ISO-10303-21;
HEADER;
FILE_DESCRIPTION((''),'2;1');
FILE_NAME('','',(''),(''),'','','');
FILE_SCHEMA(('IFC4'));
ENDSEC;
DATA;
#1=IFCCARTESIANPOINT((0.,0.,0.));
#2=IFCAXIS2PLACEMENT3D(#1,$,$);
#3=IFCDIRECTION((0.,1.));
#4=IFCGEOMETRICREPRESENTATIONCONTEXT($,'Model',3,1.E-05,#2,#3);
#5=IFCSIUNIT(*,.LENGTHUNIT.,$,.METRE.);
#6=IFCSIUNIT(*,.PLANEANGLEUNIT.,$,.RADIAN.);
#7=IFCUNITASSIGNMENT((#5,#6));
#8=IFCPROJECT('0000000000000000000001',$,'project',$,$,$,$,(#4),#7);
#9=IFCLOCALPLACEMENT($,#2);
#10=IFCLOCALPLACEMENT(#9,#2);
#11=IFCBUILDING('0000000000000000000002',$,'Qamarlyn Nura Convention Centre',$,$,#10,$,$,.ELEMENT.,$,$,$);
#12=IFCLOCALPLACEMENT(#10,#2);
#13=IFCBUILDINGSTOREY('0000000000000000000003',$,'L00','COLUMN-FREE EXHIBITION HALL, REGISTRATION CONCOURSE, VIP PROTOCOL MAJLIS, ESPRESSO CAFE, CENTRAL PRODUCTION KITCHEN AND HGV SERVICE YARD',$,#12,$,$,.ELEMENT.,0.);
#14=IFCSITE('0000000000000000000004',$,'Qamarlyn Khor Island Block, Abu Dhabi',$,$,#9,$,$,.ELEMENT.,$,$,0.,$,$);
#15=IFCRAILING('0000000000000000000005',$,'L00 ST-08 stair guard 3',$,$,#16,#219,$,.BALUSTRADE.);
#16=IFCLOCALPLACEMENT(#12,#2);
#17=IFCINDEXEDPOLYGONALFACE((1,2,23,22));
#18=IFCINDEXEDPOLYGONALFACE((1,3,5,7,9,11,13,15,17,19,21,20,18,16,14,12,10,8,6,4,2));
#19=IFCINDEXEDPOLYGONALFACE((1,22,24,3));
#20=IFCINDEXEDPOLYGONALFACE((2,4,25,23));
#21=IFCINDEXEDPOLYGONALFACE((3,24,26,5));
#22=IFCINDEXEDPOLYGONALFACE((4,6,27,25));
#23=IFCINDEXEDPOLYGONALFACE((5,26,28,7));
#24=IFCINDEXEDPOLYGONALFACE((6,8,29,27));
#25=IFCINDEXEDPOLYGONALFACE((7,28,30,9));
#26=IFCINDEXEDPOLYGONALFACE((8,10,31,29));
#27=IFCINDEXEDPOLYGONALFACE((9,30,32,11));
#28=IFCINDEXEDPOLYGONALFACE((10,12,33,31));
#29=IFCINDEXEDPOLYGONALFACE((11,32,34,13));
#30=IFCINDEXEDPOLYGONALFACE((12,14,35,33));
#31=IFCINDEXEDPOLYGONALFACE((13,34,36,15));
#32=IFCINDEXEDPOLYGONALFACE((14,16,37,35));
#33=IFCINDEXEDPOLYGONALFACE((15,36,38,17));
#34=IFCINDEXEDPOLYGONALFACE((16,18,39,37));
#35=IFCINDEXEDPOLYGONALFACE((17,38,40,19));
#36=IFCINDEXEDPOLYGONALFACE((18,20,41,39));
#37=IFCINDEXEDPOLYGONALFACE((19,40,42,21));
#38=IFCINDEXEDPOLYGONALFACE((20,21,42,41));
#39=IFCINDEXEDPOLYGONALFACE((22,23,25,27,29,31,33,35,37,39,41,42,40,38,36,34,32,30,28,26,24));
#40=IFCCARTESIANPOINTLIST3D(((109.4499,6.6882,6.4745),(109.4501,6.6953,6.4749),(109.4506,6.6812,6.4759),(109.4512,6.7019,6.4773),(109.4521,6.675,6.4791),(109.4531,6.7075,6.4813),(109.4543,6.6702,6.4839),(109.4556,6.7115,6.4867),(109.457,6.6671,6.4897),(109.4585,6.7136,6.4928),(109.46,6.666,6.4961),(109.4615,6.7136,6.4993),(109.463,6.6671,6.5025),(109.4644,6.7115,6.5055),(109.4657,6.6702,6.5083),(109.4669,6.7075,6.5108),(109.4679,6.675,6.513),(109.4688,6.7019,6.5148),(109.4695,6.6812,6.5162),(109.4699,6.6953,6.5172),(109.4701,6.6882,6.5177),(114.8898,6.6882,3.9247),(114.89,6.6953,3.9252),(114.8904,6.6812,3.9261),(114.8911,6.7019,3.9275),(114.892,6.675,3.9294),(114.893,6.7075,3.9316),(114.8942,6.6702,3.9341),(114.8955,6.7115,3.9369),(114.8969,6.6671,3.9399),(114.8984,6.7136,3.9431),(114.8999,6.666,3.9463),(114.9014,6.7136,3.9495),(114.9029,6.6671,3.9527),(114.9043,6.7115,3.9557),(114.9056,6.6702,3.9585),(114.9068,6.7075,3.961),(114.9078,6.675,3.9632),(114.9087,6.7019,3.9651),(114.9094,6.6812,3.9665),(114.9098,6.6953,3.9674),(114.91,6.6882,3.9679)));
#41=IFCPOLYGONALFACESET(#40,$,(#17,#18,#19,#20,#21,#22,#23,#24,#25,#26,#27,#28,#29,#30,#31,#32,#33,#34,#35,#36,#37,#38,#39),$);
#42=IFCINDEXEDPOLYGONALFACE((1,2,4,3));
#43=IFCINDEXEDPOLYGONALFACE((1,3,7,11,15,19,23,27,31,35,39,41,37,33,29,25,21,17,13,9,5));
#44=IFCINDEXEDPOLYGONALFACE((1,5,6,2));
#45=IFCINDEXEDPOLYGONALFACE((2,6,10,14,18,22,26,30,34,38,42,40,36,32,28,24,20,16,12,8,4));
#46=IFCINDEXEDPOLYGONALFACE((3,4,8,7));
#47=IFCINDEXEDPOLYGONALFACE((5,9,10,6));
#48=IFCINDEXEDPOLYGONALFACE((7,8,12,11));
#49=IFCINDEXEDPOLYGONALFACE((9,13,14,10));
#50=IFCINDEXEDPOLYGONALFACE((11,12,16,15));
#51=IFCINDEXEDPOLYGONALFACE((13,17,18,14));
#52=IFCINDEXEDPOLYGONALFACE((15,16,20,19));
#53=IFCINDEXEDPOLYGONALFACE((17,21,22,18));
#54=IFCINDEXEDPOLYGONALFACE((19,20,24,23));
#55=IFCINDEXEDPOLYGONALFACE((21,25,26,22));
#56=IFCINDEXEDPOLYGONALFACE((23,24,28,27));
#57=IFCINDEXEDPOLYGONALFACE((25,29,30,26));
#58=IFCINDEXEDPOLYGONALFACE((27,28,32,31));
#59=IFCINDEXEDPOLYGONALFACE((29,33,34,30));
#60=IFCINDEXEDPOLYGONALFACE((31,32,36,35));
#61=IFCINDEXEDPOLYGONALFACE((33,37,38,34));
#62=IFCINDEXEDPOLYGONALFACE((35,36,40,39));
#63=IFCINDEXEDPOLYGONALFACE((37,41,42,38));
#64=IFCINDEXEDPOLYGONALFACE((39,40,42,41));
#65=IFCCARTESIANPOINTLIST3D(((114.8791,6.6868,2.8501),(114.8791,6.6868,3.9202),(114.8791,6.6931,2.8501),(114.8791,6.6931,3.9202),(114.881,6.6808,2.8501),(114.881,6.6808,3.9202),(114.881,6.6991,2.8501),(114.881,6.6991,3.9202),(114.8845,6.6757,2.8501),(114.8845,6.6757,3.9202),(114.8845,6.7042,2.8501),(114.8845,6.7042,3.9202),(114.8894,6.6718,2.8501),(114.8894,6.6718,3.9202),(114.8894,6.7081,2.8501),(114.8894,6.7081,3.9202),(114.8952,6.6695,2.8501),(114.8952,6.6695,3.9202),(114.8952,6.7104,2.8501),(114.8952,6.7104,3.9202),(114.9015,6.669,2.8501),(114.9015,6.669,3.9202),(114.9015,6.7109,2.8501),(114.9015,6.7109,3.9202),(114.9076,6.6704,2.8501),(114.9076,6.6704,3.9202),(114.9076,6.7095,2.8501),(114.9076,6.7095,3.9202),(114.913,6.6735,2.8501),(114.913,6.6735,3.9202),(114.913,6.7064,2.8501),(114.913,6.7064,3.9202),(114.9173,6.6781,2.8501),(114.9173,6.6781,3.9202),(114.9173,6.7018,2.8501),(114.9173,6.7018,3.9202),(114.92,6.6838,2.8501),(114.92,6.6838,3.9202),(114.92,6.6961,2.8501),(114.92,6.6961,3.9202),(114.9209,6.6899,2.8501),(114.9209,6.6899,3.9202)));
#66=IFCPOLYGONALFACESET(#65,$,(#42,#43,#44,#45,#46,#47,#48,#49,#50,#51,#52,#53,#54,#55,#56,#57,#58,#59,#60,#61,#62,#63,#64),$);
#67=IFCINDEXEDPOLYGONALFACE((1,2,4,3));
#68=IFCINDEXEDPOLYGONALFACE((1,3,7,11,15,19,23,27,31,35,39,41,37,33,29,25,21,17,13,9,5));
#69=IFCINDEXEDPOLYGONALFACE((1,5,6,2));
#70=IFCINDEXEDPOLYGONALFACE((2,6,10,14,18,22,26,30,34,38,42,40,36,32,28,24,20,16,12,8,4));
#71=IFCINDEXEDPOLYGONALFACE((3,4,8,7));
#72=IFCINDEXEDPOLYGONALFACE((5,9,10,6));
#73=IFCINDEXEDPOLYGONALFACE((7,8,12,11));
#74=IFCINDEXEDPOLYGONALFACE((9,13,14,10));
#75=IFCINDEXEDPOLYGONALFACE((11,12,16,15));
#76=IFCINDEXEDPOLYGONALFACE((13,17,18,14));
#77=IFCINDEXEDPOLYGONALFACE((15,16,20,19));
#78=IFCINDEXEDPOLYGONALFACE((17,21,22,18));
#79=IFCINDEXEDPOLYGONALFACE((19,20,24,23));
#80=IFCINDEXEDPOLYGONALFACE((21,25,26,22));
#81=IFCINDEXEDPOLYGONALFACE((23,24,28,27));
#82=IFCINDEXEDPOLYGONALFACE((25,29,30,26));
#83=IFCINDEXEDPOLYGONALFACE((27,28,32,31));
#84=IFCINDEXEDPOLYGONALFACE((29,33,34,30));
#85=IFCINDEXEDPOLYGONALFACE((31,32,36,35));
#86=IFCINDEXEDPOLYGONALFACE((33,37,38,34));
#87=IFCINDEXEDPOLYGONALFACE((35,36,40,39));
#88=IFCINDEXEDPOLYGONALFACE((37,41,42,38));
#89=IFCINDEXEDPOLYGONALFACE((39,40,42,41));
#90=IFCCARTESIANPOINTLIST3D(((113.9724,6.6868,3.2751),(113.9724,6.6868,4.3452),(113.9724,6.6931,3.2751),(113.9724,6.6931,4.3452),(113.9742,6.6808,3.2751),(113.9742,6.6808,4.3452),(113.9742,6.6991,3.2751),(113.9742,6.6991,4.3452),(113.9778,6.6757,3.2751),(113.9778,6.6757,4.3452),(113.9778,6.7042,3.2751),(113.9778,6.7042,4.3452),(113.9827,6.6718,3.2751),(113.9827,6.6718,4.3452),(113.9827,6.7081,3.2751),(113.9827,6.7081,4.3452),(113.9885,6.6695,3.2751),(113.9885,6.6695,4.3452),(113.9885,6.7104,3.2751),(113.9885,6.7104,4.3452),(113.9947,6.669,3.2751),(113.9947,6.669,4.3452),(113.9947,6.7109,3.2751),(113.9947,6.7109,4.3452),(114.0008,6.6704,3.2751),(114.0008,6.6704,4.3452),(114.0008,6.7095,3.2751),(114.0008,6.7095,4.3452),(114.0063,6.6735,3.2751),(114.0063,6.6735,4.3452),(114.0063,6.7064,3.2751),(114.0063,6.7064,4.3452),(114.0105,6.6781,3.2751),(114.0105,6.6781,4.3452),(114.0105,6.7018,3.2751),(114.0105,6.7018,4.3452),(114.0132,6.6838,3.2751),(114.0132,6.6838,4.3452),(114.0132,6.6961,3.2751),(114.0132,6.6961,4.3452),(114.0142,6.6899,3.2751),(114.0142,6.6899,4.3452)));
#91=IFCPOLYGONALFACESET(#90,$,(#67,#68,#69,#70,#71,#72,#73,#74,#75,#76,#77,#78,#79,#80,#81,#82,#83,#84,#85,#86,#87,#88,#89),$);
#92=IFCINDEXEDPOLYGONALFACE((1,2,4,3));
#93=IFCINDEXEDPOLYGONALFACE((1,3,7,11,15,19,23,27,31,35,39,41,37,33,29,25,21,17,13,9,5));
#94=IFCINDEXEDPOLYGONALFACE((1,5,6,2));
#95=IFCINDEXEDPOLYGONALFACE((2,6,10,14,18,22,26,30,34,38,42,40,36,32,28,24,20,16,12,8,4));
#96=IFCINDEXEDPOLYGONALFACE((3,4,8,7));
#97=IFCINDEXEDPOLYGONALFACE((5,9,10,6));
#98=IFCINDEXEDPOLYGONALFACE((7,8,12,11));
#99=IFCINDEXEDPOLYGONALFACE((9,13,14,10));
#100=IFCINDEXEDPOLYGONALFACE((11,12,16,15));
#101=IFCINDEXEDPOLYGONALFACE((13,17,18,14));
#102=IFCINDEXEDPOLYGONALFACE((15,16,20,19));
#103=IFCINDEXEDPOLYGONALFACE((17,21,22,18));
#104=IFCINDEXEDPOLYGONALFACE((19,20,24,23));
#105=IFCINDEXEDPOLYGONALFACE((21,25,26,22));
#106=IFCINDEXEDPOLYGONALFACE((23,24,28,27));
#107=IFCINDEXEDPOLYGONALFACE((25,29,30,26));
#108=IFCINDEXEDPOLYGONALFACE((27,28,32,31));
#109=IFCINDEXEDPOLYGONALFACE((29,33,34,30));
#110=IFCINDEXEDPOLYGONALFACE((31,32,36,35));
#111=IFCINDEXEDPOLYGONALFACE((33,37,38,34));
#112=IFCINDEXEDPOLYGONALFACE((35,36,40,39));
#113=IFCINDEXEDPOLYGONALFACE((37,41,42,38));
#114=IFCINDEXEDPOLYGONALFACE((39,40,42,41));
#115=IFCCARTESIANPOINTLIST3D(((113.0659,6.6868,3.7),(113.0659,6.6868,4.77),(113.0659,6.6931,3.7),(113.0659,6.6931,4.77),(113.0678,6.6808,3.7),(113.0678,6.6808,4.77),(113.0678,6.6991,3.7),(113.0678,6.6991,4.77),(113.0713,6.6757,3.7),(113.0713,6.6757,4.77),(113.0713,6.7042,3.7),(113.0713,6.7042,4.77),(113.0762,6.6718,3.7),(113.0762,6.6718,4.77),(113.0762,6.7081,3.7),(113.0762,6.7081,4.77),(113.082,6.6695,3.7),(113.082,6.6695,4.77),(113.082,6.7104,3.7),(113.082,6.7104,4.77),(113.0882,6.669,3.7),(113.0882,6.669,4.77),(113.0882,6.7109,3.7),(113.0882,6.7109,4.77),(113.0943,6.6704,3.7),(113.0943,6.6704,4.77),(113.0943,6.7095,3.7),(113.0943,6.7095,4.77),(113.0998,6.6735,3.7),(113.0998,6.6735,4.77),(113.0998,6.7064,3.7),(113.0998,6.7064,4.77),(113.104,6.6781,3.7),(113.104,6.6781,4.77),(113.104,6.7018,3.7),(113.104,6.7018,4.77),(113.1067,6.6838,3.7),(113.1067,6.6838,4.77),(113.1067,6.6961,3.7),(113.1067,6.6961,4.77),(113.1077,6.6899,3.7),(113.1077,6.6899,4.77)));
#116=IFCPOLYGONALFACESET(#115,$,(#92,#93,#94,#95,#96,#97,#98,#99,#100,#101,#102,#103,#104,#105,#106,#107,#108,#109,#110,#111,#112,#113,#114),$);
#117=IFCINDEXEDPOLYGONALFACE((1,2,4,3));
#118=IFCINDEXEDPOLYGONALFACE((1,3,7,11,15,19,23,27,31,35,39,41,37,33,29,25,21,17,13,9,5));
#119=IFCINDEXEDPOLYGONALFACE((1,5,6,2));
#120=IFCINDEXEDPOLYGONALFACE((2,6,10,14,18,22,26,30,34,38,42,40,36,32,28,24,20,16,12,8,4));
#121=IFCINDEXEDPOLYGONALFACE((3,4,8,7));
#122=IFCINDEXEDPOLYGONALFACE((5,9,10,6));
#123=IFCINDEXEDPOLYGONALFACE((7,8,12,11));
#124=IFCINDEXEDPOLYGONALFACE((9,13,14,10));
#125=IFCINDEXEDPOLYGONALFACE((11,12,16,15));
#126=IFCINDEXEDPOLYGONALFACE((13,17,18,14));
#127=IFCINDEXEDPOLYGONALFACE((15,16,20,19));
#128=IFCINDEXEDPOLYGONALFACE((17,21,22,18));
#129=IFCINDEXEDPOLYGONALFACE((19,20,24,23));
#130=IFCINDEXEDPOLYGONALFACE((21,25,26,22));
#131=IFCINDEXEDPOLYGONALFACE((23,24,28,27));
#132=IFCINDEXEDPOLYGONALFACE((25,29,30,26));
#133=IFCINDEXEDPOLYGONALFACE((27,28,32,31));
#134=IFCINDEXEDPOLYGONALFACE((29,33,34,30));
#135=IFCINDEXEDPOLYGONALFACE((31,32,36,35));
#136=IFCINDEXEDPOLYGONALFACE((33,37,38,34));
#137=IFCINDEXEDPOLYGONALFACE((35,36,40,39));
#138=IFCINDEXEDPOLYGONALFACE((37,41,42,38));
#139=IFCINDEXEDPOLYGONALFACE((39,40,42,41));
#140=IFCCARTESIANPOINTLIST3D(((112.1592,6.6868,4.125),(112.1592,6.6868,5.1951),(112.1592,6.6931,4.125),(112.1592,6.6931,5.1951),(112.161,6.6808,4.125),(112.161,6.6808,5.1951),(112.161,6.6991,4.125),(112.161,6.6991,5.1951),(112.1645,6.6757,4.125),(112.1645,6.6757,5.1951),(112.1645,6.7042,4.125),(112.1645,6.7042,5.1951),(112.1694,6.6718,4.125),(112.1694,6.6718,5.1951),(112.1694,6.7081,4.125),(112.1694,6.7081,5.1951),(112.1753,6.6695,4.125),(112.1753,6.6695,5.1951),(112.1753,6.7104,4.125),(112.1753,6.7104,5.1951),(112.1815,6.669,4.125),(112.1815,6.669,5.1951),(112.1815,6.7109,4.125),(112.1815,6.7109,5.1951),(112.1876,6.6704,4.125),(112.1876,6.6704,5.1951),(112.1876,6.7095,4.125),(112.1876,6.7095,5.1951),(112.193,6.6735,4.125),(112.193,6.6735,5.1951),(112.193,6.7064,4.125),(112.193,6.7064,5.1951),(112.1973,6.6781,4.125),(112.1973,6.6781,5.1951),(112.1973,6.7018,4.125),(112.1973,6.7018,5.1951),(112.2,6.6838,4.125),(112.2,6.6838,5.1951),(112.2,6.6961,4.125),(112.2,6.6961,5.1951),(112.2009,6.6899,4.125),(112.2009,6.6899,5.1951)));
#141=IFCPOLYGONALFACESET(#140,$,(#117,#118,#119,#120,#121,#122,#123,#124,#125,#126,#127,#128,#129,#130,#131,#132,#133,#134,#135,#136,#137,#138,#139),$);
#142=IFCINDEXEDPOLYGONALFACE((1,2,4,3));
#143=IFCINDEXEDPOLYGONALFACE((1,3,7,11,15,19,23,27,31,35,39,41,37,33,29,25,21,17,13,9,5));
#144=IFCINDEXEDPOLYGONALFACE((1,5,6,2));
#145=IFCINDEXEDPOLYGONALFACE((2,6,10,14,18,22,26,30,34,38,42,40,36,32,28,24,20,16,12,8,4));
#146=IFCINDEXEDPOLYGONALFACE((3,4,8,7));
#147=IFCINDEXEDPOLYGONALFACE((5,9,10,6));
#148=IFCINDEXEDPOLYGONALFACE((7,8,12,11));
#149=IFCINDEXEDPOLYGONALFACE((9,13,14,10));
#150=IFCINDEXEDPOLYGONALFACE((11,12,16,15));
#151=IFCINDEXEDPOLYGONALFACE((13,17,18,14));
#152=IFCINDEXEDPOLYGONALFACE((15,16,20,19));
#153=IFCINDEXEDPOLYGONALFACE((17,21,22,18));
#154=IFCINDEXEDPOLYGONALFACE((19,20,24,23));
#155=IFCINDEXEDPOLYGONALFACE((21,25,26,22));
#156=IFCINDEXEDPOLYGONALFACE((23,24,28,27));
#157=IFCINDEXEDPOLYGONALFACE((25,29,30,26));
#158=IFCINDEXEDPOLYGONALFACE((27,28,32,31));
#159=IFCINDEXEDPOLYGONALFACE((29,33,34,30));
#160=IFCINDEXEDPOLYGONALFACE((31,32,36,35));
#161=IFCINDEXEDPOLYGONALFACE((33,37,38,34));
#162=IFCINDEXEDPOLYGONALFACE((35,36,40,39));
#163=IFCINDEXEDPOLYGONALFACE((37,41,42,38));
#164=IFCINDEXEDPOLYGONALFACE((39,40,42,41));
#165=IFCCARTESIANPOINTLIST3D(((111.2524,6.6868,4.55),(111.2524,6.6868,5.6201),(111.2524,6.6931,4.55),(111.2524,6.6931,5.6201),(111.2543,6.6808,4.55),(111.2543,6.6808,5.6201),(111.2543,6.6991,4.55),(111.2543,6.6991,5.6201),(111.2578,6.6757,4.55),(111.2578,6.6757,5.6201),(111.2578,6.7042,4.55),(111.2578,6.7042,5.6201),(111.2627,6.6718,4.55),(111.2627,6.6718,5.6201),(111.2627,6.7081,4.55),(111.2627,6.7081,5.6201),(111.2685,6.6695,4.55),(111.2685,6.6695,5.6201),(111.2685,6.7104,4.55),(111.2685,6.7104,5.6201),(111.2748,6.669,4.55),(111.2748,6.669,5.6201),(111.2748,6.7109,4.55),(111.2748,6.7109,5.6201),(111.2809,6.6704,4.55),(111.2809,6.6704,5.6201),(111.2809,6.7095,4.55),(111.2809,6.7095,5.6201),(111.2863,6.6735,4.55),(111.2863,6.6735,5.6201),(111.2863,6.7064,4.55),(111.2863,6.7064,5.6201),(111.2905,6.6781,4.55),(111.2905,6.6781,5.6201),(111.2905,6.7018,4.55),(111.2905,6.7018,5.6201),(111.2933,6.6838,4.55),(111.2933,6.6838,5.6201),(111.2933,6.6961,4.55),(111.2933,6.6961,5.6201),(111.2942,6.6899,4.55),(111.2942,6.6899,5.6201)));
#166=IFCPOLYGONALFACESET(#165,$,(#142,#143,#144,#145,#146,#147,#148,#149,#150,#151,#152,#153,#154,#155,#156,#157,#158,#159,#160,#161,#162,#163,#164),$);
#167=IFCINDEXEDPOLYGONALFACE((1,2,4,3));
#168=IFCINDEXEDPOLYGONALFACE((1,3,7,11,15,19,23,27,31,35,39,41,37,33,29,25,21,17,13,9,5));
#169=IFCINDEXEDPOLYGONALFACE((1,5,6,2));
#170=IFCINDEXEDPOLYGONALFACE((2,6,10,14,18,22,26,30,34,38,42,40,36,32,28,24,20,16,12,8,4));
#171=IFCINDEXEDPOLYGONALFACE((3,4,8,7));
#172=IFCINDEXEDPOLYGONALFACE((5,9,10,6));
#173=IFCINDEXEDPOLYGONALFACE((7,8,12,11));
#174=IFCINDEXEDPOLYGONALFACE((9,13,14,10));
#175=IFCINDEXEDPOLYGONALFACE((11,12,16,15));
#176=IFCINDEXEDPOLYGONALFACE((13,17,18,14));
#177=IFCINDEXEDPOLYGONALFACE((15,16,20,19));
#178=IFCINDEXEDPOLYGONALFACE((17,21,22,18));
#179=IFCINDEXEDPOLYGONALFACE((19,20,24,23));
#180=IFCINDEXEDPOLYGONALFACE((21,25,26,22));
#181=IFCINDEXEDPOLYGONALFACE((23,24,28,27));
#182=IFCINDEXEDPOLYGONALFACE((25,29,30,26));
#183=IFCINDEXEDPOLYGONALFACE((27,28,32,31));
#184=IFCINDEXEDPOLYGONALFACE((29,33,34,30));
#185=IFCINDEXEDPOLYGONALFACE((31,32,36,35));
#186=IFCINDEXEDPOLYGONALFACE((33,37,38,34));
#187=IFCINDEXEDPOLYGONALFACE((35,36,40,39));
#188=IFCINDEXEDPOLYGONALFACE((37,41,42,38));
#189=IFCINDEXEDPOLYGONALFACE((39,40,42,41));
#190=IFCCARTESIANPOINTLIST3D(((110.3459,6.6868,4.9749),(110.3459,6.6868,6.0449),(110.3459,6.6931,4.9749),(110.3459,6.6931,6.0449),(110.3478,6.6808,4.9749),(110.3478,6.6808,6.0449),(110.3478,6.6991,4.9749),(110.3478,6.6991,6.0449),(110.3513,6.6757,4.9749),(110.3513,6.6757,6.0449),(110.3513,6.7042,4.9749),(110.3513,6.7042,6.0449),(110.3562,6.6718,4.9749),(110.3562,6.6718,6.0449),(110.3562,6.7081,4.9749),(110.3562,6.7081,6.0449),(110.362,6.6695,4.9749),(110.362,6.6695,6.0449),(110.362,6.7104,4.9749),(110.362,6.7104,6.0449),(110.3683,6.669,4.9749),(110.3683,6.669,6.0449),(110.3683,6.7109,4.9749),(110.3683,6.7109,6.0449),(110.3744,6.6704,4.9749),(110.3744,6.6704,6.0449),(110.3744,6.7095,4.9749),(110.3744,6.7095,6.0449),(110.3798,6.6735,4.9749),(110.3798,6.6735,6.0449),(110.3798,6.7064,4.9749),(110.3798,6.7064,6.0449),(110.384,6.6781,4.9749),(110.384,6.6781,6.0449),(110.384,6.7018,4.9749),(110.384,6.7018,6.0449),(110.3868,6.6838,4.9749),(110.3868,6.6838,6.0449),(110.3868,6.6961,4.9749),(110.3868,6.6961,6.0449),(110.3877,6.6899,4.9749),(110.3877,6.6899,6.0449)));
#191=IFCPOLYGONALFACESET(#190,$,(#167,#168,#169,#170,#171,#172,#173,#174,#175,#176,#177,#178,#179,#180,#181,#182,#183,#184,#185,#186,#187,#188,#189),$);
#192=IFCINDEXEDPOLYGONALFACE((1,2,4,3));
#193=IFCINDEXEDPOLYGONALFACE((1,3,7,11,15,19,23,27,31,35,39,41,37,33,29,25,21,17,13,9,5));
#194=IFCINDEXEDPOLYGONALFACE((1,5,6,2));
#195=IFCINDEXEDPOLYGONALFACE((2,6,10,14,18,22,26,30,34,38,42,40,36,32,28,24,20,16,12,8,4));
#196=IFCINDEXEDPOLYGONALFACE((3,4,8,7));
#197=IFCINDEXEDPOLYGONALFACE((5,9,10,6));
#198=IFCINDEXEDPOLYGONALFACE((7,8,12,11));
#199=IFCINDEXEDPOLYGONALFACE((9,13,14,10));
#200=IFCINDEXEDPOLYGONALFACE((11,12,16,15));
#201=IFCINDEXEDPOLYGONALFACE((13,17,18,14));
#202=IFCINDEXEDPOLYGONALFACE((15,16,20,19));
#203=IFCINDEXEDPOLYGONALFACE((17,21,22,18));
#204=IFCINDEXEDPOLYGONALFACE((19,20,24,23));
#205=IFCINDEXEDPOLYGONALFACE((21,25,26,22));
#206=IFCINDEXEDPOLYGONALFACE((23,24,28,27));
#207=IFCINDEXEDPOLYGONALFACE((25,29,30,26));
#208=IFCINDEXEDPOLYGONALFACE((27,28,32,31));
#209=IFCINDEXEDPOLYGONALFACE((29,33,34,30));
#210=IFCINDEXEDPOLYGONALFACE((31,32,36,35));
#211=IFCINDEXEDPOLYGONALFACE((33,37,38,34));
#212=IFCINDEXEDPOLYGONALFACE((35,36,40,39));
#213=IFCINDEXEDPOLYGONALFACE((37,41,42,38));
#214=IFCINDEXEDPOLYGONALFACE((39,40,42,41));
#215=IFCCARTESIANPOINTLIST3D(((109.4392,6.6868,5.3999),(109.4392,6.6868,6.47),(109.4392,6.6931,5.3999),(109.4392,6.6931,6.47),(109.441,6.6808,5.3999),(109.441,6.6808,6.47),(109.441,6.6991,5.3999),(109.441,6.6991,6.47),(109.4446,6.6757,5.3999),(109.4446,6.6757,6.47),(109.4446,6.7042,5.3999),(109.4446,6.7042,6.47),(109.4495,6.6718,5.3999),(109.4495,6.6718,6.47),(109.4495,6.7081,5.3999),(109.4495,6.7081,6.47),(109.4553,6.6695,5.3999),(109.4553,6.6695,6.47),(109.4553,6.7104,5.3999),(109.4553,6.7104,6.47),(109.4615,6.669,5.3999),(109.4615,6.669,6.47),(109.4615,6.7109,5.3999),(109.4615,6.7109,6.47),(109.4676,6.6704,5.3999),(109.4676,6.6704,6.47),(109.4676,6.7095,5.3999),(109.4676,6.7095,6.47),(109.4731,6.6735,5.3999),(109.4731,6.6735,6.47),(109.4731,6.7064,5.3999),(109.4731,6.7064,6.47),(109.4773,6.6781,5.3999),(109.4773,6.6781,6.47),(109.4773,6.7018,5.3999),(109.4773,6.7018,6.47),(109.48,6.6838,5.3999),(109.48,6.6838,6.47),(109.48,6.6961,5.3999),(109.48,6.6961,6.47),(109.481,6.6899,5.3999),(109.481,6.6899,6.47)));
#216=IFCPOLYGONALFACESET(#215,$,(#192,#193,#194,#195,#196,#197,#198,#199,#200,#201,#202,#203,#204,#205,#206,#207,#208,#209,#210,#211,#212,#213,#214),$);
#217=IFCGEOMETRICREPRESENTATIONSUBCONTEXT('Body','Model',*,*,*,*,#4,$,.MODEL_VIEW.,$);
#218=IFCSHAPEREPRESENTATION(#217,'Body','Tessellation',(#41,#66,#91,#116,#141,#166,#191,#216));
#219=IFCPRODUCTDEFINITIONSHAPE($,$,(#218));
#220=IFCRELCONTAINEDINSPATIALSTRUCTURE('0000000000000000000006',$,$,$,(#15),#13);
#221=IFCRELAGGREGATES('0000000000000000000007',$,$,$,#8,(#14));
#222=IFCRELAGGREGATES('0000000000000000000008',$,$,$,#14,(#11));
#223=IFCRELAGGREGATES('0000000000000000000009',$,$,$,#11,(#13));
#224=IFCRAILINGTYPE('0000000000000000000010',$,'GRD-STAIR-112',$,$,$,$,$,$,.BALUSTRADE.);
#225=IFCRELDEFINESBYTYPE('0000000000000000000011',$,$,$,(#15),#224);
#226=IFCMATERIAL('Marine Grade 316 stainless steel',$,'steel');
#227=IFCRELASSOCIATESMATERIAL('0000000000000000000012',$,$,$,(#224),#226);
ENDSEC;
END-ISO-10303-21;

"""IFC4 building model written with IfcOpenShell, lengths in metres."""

from ifc_helpers import new_model, si_unit, direction, frame, origin, origin_2d, place, context, subcontext, project, spatial, circle, extrude, material, type_object, element, save


model = new_model("IFC4")

# Units and contexts
model_context = context("Model", 3, precision=1e-05, world=origin(), true_north=direction((0.0, 1.0)))
body_context = subcontext(model_context, "Body", "Model", "MODEL_VIEW")
ifc_project = project(units=[si_unit("LENGTHUNIT", "METRE"), si_unit("PLANEANGLEUNIT", "RADIAN")], contexts=[model_context])

# Site, building, storey
site_placement = place(None, origin())
site = spatial("IfcSite", under=ifc_project, at=site_placement, Name="Qamarlyn Khor Island Block, Abu Dhabi", CompositionType="ELEMENT", RefElevation=0.0)
building_placement = place(site_placement, origin())
building = spatial("IfcBuilding", under=site, at=building_placement, Name="Qamarlyn Nura Convention Centre", CompositionType="ELEMENT")
storey_placement = place(building_placement, origin())
storey = spatial("IfcBuildingStorey", under=building, at=storey_placement, Name="L00", Description="COLUMN-FREE EXHIBITION HALL, REGISTRATION CONCOURSE, VIP PROTOCOL MAJLIS, ESPRESSO CAFE, CENTRAL PRODUCTION KITCHEN AND HGV SERVICE YARD", CompositionType="ELEMENT", Elevation=0.0)

# Railing
ifc_material_1 = material(Name="Marine Grade 316 stainless steel", Category="steel")
railing_type_1 = type_object("IfcRailingType", Name="GRD-STAIR-112", PredefinedType="BALUSTRADE", material=ifc_material_1)
railing_1_placement = place(storey_placement, frame((114.8999, 6.6899, 2.8501)))
element("IfcRailing", 1, at=railing_1_placement, inside=storey, type_object=railing_type_1, Name="L00 ST-08 stair guard 3", PredefinedType="BALUSTRADE", context=body_context, shape_type="SweptSolid", body=[
    extrude(circle(Radius=0.0239, at=origin_2d()), frame((0.0, 0.0, 1.0962), z_axis=(-0.90547, 0.0, 0.424411), x_axis=(0.0, -1.0, 0.0)), (0.0, 0.0, 1.0), 6.0078),
    extrude(circle(Radius=0.021, at=origin_2d()), origin(), (0.0, 0.0, 1.0), 1.0701),
    extrude(circle(Radius=0.021, at=origin_2d()), frame((-0.9067, 0.0, 0.425)), (0.0, 0.0, 1.0), 1.0701),
    extrude(circle(Radius=0.021, at=origin_2d()), frame((-1.8132, 0.0, 0.8499)), (0.0, 0.0, 1.0), 1.0701),
    extrude(circle(Radius=0.021, at=origin_2d()), frame((-2.72, 0.0, 1.2749)), (0.0, 0.0, 1.0), 1.0701),
    extrude(circle(Radius=0.021, at=origin_2d()), frame((-3.6267, 0.0, 1.7)), (0.0, 0.0, 1.0), 1.0701),
    extrude(circle(Radius=0.021, at=origin_2d()), frame((-4.5332, 0.0, 2.1248)), (0.0, 0.0, 1.0), 1.0701),
    extrude(circle(Radius=0.021, at=origin_2d()), frame((-5.4399, 0.0, 2.5498)), (0.0, 0.0, 1.0), 1.0701),
])

save(model, "model.ifc")
